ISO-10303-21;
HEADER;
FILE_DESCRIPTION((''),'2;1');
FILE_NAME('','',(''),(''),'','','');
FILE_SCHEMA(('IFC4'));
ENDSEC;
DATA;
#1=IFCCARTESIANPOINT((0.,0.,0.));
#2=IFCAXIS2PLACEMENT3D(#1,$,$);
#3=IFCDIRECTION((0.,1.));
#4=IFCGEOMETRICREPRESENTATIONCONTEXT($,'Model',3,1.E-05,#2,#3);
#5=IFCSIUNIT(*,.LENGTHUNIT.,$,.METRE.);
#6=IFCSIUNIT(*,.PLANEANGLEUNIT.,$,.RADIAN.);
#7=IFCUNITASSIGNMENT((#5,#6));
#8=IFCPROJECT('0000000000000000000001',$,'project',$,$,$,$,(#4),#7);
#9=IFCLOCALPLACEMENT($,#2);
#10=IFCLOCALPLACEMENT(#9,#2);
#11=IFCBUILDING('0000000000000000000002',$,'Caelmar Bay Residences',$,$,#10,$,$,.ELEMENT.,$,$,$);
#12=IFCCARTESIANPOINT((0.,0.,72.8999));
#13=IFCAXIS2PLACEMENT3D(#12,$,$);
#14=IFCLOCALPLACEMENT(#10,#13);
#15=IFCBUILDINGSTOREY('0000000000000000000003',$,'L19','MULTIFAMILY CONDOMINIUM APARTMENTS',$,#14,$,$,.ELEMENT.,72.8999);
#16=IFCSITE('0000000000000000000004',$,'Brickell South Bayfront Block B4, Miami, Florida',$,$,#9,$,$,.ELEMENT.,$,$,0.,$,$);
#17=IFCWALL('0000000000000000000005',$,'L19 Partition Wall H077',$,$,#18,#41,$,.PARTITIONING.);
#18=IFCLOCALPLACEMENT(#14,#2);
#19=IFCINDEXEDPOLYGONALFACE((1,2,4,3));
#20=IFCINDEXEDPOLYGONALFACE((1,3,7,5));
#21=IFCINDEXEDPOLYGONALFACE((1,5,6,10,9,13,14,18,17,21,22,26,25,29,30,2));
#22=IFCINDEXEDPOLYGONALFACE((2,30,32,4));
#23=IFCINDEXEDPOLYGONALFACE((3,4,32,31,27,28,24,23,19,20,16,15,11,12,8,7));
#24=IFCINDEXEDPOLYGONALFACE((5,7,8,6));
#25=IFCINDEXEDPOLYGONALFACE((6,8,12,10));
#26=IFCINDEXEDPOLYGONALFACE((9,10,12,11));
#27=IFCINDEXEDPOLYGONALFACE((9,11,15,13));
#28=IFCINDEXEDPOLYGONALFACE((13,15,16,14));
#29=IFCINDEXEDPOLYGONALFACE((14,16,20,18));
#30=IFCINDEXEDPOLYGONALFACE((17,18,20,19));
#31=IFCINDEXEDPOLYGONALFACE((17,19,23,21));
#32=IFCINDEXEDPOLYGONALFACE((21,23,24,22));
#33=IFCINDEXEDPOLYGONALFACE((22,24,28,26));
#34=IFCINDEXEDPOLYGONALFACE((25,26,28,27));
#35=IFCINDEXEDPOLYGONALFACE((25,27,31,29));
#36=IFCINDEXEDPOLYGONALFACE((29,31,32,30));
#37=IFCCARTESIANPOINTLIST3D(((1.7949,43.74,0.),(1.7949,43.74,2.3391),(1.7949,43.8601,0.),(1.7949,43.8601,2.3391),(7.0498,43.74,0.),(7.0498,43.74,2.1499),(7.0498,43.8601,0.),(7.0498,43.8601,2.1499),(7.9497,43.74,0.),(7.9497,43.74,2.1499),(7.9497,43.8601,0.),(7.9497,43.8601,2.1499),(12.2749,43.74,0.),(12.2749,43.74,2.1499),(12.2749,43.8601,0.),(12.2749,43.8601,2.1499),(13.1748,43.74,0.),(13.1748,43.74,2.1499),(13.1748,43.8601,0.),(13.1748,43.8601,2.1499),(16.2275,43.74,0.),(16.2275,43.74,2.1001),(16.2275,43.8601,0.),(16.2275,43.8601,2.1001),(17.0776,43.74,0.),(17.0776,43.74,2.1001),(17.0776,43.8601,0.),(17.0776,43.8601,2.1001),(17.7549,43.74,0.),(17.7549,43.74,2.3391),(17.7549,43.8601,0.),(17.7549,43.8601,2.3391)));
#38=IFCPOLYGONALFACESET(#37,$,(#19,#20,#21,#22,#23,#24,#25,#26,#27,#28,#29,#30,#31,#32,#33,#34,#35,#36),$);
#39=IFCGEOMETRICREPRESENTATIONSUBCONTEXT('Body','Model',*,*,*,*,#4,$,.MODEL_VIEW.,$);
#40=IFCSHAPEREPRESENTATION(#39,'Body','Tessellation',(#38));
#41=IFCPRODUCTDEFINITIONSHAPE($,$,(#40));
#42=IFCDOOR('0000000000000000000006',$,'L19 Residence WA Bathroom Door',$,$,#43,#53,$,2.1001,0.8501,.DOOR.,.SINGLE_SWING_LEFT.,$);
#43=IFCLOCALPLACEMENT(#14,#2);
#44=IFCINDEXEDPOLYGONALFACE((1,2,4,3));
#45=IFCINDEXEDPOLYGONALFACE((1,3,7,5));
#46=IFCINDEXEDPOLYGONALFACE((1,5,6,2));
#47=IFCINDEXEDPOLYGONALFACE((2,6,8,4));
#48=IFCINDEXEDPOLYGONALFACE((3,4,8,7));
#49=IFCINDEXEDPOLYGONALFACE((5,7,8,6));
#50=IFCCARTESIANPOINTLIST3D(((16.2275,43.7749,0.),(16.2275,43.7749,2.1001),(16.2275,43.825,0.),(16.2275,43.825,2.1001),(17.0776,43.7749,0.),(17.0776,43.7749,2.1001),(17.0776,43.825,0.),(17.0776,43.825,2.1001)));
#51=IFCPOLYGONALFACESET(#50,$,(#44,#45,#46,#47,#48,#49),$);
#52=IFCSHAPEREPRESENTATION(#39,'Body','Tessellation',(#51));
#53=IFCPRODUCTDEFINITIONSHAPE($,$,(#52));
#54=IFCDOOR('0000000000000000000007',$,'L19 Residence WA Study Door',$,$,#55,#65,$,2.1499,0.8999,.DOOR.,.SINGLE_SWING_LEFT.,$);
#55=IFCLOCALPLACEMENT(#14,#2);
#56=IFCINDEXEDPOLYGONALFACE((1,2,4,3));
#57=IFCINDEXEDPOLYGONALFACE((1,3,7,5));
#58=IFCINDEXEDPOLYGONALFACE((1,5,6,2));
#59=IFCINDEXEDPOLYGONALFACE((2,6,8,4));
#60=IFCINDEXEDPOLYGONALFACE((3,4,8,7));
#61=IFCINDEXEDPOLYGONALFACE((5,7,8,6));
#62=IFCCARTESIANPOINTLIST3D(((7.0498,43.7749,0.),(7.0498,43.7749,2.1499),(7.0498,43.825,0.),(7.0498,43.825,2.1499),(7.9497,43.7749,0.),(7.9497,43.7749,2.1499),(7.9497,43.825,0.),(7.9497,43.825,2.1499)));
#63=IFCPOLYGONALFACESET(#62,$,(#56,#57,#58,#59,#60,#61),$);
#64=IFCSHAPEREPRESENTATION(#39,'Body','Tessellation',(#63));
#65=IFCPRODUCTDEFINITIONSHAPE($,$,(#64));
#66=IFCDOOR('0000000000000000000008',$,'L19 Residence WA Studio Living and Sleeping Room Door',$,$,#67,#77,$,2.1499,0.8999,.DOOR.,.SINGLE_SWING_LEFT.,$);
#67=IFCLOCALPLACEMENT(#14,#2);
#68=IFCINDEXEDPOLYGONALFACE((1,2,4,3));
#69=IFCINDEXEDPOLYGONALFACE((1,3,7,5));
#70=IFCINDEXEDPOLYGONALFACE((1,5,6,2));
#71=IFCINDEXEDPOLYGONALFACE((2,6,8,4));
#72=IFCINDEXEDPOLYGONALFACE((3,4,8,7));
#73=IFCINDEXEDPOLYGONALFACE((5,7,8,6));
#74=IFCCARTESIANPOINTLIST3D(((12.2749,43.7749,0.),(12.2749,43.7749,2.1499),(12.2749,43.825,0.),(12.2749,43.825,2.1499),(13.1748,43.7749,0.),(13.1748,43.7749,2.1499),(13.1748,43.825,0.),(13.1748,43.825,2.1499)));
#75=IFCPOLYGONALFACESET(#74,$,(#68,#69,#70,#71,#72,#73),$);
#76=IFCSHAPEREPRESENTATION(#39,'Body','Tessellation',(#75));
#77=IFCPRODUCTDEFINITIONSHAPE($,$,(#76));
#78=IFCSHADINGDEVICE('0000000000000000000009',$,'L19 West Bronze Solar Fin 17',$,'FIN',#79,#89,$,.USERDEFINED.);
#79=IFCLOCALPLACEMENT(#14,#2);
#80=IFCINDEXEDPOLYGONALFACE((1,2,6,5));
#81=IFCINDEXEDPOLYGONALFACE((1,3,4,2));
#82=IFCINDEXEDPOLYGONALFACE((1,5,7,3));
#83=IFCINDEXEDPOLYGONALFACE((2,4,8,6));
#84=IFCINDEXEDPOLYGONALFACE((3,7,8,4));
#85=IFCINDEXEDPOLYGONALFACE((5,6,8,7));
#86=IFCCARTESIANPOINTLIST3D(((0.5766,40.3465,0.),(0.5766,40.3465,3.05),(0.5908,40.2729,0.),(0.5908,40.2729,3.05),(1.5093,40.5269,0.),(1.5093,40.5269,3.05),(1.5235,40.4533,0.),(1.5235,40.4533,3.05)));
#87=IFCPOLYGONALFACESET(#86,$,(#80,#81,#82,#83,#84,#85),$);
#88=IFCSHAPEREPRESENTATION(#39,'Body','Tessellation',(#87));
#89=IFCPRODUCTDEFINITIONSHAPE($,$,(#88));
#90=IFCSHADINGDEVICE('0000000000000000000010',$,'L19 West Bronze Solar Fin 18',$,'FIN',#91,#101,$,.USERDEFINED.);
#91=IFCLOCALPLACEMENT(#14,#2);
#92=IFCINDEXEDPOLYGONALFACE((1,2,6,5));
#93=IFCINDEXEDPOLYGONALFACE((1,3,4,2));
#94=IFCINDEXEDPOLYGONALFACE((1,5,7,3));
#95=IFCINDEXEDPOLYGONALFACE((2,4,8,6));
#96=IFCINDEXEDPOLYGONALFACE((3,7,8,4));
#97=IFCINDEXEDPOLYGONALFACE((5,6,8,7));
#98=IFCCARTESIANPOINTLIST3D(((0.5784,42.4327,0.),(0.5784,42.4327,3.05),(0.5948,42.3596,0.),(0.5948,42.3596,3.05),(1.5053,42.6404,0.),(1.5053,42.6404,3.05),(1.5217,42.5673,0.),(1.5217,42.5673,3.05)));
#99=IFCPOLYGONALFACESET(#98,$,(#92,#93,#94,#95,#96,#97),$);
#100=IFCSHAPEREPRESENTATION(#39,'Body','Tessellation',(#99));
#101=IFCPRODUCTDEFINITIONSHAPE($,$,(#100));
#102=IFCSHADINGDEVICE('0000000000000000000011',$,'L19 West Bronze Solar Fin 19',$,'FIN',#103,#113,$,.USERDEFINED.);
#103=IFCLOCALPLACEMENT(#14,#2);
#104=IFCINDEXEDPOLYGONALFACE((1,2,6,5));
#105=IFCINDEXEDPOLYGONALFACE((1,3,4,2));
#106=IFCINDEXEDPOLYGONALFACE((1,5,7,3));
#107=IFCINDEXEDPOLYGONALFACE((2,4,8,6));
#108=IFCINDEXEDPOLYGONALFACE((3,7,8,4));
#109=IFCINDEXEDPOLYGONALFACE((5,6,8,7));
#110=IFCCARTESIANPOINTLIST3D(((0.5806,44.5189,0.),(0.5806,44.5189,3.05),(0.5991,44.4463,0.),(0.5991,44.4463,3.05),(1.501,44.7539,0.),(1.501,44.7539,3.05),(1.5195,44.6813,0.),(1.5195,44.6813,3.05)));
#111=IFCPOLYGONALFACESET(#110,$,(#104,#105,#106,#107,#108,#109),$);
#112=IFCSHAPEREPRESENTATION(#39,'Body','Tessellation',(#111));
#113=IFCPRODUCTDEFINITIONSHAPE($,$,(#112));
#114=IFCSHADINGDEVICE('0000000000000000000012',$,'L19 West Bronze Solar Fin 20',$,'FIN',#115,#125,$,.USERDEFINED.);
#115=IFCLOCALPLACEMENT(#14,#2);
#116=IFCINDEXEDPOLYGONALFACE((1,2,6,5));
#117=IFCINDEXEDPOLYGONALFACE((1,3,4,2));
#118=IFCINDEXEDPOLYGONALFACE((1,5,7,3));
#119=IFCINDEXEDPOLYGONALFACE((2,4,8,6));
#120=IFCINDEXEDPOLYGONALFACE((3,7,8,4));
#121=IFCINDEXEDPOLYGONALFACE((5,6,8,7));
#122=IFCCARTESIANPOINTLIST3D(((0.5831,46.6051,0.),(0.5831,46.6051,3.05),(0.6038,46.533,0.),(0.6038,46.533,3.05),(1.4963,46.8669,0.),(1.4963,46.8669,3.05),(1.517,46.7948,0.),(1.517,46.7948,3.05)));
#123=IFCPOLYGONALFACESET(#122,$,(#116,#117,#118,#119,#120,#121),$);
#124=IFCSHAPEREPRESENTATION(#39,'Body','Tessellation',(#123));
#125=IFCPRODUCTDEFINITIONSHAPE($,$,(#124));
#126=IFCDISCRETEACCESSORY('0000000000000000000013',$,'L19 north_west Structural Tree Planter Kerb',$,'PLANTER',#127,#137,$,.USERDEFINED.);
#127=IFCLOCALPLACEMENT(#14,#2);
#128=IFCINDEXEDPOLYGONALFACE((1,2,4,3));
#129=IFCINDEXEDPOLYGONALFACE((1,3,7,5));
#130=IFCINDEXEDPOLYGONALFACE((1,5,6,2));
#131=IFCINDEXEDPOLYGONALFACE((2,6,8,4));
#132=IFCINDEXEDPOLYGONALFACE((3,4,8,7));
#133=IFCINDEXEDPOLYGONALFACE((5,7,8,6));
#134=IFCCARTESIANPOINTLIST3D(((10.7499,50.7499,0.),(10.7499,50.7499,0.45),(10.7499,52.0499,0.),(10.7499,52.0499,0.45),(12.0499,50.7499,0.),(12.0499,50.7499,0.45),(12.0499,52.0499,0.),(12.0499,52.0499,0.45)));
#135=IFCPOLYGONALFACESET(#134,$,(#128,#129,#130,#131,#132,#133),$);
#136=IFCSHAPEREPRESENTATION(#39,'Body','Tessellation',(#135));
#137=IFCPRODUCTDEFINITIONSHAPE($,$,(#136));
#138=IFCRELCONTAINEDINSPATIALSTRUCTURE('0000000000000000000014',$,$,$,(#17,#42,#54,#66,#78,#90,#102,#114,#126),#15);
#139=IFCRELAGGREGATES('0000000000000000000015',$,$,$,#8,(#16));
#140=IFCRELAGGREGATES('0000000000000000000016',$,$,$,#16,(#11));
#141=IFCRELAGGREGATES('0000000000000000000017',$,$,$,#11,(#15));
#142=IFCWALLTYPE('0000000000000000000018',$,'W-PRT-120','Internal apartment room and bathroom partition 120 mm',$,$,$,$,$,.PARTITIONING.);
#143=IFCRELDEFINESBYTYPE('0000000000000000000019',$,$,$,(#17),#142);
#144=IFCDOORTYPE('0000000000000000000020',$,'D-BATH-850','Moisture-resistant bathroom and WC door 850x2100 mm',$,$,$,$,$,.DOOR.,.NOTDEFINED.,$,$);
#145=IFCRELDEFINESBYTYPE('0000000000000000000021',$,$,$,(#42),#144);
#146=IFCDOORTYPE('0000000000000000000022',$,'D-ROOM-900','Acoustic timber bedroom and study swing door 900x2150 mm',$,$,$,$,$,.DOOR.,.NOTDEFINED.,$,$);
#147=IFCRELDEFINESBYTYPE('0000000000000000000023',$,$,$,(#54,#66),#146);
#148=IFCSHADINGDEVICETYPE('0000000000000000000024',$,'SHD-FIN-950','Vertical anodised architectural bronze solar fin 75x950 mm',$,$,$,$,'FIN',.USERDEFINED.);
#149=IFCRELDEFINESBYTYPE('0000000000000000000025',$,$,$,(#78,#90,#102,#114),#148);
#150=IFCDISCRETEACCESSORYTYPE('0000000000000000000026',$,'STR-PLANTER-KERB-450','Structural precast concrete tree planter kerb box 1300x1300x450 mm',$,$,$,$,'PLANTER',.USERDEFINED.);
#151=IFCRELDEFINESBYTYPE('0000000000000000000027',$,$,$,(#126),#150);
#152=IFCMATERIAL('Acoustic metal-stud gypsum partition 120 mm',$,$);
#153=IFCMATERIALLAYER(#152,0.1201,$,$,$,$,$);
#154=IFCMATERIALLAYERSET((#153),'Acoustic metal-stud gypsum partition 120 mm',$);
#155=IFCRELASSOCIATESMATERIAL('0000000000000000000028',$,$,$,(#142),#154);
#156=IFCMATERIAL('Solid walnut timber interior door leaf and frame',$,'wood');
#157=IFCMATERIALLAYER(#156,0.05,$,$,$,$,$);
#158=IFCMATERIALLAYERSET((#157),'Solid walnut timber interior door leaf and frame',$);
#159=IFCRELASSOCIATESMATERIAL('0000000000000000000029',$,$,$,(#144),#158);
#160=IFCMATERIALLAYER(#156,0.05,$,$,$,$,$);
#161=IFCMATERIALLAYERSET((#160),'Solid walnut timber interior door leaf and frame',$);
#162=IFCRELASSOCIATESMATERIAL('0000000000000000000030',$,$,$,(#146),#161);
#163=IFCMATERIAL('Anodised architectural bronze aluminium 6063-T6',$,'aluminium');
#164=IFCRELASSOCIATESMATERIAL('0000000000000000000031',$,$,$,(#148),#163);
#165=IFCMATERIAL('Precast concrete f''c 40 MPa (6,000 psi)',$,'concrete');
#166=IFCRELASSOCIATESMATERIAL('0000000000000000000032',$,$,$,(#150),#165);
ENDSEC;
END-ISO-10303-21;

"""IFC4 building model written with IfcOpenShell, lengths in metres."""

from ifc_helpers import new_model, si_unit, direction, frame, frame_2d, origin, origin_2d, place, context, subcontext, project, spatial, rectangle, extrude, material, layer, layer_set, material_profile, profile_set, type_object, element, fill, save


model = new_model("IFC4")

# Units and contexts
model_context = context("Model", 3, precision=1e-05, world=origin(), true_north=direction((0.0, 1.0)))
body_context = subcontext(model_context, "Body", "Model", "MODEL_VIEW")
ifc_project = project(units=[si_unit("LENGTHUNIT", "METRE"), si_unit("PLANEANGLEUNIT", "RADIAN")], contexts=[model_context])

# Site, building, storey
site_placement = place(None, origin())
site = spatial("IfcSite", under=ifc_project, at=site_placement, Name="Brickell South Bayfront Block B4, Miami, Florida", CompositionType="ELEMENT", RefElevation=0.0)
building_placement = place(site_placement, origin())
building = spatial("IfcBuilding", under=site, at=building_placement, Name="Caelmar Bay Residences", CompositionType="ELEMENT")
storey_placement = place(building_placement, frame((0.0, 0.0, 72.8999)))
storey = spatial("IfcBuildingStorey", under=building, at=storey_placement, Name="L19", Description="MULTIFAMILY CONDOMINIUM APARTMENTS", CompositionType="ELEMENT", Elevation=72.8999)

# Shared definitions
ifc_material_1 = material(Name="Precast concrete f'c 40 MPa (6,000 psi)", Category="concrete")

# Shared definitions
ifc_material_2 = material(Name="Acoustic metal-stud gypsum partition 120 mm")
ifc_layer_1 = layer(ifc_material_2, 0.1201)
ifc_layer_set_1 = layer_set([ifc_layer_1], Name="Acoustic metal-stud gypsum partition 120 mm")
wall_type_1 = type_object("IfcWallType", Name="W-PRT-120", Description="Internal apartment room and bathroom partition 120 mm", PredefinedType="PARTITIONING", material=ifc_layer_set_1)

# Wall, openings, doors
wall_1_placement = place(storey_placement, frame((1.7949, 43.8, 0.0), z_axis=(0.0, 0.0, 1.0), x_axis=(1.0, 0.0, 0.0)))
wall_1 = element("IfcWall", 1, at=wall_1_placement, inside=storey, type_object=wall_type_1, Name="L19 Partition Wall H077", PredefinedType="PARTITIONING", context=body_context, shape_type="SweptSolid", body=[
    extrude(rectangle(XDim=15.96, YDim=0.1201, at=frame_2d((7.98, 0.0))), origin(), (0.0, 0.0, 1.0), 2.3391),
])
opening_1_placement = place(wall_1_placement, frame((5.2549, 0.0, 0.0)))
opening_1 = element("IfcOpeningElement", 2, at=opening_1_placement, cuts=wall_1, PredefinedType="OPENING", context=body_context, shape_type="SweptSolid", body=[
    extrude(rectangle(XDim=0.8999, YDim=2.1499, at=frame_2d((0.45, 1.075))), frame((0.0, 0.0701, 0.0), z_axis=(0.0, -1.0, 0.0), x_axis=(1.0, 0.0, 0.0)), (0.0, 0.0, 1.0), 0.1401),
])
opening_2_placement = place(wall_1_placement, frame((10.48, 0.0, 0.0)))
opening_2 = element("IfcOpeningElement", 3, at=opening_2_placement, cuts=wall_1, PredefinedType="OPENING", context=body_context, shape_type="SweptSolid", body=[
    extrude(rectangle(XDim=0.8999, YDim=2.1499, at=frame_2d((0.45, 1.075))), frame((0.0, 0.0701, 0.0), z_axis=(0.0, -1.0, 0.0), x_axis=(1.0, 0.0, 0.0)), (0.0, 0.0, 1.0), 0.1401),
])
opening_3_placement = place(wall_1_placement, frame((14.4326, 0.0, 0.0)))
opening_3 = element("IfcOpeningElement", 4, at=opening_3_placement, cuts=wall_1, PredefinedType="OPENING", context=body_context, shape_type="SweptSolid", body=[
    extrude(rectangle(XDim=0.8501, YDim=2.1001, at=frame_2d((0.425, 1.05))), frame((0.0, 0.0701, 0.0), z_axis=(0.0, -1.0, 0.0), x_axis=(1.0, 0.0, 0.0)), (0.0, 0.0, 1.0), 0.1401),
])
ifc_material_3 = material(Name="Solid walnut timber interior door leaf and frame", Category="wood")
ifc_layer_2 = layer(ifc_material_3, 0.05)
ifc_layer_set_2 = layer_set([ifc_layer_2], Name="Solid walnut timber interior door leaf and frame")
door_type_1 = type_object("IfcDoorType", Name="D-BATH-850", Description="Moisture-resistant bathroom and WC door 850x2100 mm", OperationType="NOTDEFINED", PredefinedType="DOOR", material=ifc_layer_set_2)
door_1_placement = place(opening_3_placement, origin())
door_1 = element("IfcDoor", 5, at=door_1_placement, inside=storey, type_object=door_type_1, Name="L19 Residence WA Bathroom Door", OperationType="SINGLE_SWING_LEFT", OverallHeight=2.1001, OverallWidth=0.8501, PredefinedType="DOOR", context=body_context, shape_type="SweptSolid", body=[
    extrude(rectangle(XDim=0.8501, YDim=2.1001, at=frame_2d((0.425, 1.05))), frame((0.0, 0.0249, 0.0), z_axis=(0.0, -1.0, 0.0), x_axis=(1.0, 0.0, 0.0)), (0.0, 0.0, 1.0), 0.05),
])
fill(opening_3, door_1)
ifc_layer_3 = layer(ifc_material_3, 0.05)
ifc_layer_set_3 = layer_set([ifc_layer_3], Name="Solid walnut timber interior door leaf and frame")
door_type_2 = type_object("IfcDoorType", Name="D-ROOM-900", Description="Acoustic timber bedroom and study swing door 900x2150 mm", OperationType="NOTDEFINED", PredefinedType="DOOR", material=ifc_layer_set_3)
door_2_placement = place(opening_1_placement, origin())
door_2 = element("IfcDoor", 6, at=door_2_placement, inside=storey, type_object=door_type_2, Name="L19 Residence WA Study Door", OperationType="SINGLE_SWING_LEFT", OverallHeight=2.1499, OverallWidth=0.8999, PredefinedType="DOOR", context=body_context, shape_type="SweptSolid", body=[
    extrude(rectangle(XDim=0.8999, YDim=2.1499, at=frame_2d((0.45, 1.075))), frame((0.0, 0.0249, 0.0), z_axis=(0.0, -1.0, 0.0), x_axis=(1.0, 0.0, 0.0)), (0.0, 0.0, 1.0), 0.05),
])
fill(opening_1, door_2)
door_3_placement = place(opening_2_placement, origin())
door_3 = element("IfcDoor", 7, at=door_3_placement, inside=storey, type_object=door_type_2, Name="L19 Residence WA Studio Living and Sleeping Room Door", OperationType="SINGLE_SWING_LEFT", OverallHeight=2.1499, OverallWidth=0.8999, PredefinedType="DOOR", context=body_context, shape_type="SweptSolid", body=[
    extrude(rectangle(XDim=0.8999, YDim=2.1499, at=frame_2d((0.45, 1.075))), frame((0.0, 0.0249, 0.0), z_axis=(0.0, -1.0, 0.0), x_axis=(1.0, 0.0, 0.0)), (0.0, 0.0, 1.0), 0.05),
])
fill(opening_2, door_3)

# Shading devices
ifc_material_4 = material(Name="Anodised architectural bronze aluminium 6063-T6", Category="aluminium")
ifc_material_profile_1 = material_profile(ifc_material_4, rectangle(XDim=0.075, YDim=0.95, at=origin_2d()), Name="BRONZE-FIN-75X950")
ifc_profile_set_1 = profile_set([ifc_material_profile_1], Name="Anodised architectural bronze aluminium 6063-T6")
shading_device_type = type_object("IfcShadingDeviceType", Name="SHD-FIN-950", Description="Vertical anodised architectural bronze solar fin 75x950 mm", ElementType="FIN", PredefinedType="USERDEFINED", material=ifc_profile_set_1)
for number, where, z_axis, x_axis, name in (
    (8, (1.05, 40.3999, 0.0), (0.0, 0.0, 1.0), (-0.189952, 0.981793, 0.0), "L19 West Bronze Solar Fin 17"),
    (9, (1.05, 42.5, 0.0), (0.0, 0.0, 1.0), (-0.218654, 0.975802, 0.0), "L19 West Bronze Solar Fin 18"),
    (10, (1.05, 44.6001, 0.0), (0.0, 0.0, 1.0), (-0.247337, 0.968929, 0.0), "L19 West Bronze Solar Fin 19"),
    (11, (1.05, 46.7, 0.0), (0.0, 0.0, 1.0), (-0.275637, 0.961262, 0.0), "L19 West Bronze Solar Fin 20"),
):
    element("IfcShadingDevice", number, at=place(storey_placement, frame(where, z_axis=z_axis, x_axis=x_axis)), inside=storey, type_object=shading_device_type, Name=name, ObjectType="FIN", PredefinedType="USERDEFINED", context=body_context, shape_type="SweptSolid", body=[
        extrude(rectangle(XDim=0.075, YDim=0.95, at=origin_2d()), origin(), (0.0, 0.0, 1.0), 3.05),
    ])

# Discrete accessory
discrete_accessory_type = type_object("IfcDiscreteAccessoryType", Name="STR-PLANTER-KERB-450", Description="Structural precast concrete tree planter kerb box 1300x1300x450 mm", ElementType="PLANTER", PredefinedType="USERDEFINED", material=ifc_material_1)
discrete_accessory_placement = place(storey_placement, frame((11.3999, 51.3999, 0.0), z_axis=(0.0, 0.0, 1.0), x_axis=(1.0, 0.0, 0.0)))
element("IfcDiscreteAccessory", 12, at=discrete_accessory_placement, inside=storey, type_object=discrete_accessory_type, Name="L19 north_west Structural Tree Planter Kerb", ObjectType="PLANTER", PredefinedType="USERDEFINED", context=body_context, shape_type="SweptSolid", body=[
    extrude(rectangle(XDim=1.3, YDim=1.3, at=origin_2d()), origin(), (0.0, 0.0, 1.0), 0.45),
])

save(model, "model.ifc")
